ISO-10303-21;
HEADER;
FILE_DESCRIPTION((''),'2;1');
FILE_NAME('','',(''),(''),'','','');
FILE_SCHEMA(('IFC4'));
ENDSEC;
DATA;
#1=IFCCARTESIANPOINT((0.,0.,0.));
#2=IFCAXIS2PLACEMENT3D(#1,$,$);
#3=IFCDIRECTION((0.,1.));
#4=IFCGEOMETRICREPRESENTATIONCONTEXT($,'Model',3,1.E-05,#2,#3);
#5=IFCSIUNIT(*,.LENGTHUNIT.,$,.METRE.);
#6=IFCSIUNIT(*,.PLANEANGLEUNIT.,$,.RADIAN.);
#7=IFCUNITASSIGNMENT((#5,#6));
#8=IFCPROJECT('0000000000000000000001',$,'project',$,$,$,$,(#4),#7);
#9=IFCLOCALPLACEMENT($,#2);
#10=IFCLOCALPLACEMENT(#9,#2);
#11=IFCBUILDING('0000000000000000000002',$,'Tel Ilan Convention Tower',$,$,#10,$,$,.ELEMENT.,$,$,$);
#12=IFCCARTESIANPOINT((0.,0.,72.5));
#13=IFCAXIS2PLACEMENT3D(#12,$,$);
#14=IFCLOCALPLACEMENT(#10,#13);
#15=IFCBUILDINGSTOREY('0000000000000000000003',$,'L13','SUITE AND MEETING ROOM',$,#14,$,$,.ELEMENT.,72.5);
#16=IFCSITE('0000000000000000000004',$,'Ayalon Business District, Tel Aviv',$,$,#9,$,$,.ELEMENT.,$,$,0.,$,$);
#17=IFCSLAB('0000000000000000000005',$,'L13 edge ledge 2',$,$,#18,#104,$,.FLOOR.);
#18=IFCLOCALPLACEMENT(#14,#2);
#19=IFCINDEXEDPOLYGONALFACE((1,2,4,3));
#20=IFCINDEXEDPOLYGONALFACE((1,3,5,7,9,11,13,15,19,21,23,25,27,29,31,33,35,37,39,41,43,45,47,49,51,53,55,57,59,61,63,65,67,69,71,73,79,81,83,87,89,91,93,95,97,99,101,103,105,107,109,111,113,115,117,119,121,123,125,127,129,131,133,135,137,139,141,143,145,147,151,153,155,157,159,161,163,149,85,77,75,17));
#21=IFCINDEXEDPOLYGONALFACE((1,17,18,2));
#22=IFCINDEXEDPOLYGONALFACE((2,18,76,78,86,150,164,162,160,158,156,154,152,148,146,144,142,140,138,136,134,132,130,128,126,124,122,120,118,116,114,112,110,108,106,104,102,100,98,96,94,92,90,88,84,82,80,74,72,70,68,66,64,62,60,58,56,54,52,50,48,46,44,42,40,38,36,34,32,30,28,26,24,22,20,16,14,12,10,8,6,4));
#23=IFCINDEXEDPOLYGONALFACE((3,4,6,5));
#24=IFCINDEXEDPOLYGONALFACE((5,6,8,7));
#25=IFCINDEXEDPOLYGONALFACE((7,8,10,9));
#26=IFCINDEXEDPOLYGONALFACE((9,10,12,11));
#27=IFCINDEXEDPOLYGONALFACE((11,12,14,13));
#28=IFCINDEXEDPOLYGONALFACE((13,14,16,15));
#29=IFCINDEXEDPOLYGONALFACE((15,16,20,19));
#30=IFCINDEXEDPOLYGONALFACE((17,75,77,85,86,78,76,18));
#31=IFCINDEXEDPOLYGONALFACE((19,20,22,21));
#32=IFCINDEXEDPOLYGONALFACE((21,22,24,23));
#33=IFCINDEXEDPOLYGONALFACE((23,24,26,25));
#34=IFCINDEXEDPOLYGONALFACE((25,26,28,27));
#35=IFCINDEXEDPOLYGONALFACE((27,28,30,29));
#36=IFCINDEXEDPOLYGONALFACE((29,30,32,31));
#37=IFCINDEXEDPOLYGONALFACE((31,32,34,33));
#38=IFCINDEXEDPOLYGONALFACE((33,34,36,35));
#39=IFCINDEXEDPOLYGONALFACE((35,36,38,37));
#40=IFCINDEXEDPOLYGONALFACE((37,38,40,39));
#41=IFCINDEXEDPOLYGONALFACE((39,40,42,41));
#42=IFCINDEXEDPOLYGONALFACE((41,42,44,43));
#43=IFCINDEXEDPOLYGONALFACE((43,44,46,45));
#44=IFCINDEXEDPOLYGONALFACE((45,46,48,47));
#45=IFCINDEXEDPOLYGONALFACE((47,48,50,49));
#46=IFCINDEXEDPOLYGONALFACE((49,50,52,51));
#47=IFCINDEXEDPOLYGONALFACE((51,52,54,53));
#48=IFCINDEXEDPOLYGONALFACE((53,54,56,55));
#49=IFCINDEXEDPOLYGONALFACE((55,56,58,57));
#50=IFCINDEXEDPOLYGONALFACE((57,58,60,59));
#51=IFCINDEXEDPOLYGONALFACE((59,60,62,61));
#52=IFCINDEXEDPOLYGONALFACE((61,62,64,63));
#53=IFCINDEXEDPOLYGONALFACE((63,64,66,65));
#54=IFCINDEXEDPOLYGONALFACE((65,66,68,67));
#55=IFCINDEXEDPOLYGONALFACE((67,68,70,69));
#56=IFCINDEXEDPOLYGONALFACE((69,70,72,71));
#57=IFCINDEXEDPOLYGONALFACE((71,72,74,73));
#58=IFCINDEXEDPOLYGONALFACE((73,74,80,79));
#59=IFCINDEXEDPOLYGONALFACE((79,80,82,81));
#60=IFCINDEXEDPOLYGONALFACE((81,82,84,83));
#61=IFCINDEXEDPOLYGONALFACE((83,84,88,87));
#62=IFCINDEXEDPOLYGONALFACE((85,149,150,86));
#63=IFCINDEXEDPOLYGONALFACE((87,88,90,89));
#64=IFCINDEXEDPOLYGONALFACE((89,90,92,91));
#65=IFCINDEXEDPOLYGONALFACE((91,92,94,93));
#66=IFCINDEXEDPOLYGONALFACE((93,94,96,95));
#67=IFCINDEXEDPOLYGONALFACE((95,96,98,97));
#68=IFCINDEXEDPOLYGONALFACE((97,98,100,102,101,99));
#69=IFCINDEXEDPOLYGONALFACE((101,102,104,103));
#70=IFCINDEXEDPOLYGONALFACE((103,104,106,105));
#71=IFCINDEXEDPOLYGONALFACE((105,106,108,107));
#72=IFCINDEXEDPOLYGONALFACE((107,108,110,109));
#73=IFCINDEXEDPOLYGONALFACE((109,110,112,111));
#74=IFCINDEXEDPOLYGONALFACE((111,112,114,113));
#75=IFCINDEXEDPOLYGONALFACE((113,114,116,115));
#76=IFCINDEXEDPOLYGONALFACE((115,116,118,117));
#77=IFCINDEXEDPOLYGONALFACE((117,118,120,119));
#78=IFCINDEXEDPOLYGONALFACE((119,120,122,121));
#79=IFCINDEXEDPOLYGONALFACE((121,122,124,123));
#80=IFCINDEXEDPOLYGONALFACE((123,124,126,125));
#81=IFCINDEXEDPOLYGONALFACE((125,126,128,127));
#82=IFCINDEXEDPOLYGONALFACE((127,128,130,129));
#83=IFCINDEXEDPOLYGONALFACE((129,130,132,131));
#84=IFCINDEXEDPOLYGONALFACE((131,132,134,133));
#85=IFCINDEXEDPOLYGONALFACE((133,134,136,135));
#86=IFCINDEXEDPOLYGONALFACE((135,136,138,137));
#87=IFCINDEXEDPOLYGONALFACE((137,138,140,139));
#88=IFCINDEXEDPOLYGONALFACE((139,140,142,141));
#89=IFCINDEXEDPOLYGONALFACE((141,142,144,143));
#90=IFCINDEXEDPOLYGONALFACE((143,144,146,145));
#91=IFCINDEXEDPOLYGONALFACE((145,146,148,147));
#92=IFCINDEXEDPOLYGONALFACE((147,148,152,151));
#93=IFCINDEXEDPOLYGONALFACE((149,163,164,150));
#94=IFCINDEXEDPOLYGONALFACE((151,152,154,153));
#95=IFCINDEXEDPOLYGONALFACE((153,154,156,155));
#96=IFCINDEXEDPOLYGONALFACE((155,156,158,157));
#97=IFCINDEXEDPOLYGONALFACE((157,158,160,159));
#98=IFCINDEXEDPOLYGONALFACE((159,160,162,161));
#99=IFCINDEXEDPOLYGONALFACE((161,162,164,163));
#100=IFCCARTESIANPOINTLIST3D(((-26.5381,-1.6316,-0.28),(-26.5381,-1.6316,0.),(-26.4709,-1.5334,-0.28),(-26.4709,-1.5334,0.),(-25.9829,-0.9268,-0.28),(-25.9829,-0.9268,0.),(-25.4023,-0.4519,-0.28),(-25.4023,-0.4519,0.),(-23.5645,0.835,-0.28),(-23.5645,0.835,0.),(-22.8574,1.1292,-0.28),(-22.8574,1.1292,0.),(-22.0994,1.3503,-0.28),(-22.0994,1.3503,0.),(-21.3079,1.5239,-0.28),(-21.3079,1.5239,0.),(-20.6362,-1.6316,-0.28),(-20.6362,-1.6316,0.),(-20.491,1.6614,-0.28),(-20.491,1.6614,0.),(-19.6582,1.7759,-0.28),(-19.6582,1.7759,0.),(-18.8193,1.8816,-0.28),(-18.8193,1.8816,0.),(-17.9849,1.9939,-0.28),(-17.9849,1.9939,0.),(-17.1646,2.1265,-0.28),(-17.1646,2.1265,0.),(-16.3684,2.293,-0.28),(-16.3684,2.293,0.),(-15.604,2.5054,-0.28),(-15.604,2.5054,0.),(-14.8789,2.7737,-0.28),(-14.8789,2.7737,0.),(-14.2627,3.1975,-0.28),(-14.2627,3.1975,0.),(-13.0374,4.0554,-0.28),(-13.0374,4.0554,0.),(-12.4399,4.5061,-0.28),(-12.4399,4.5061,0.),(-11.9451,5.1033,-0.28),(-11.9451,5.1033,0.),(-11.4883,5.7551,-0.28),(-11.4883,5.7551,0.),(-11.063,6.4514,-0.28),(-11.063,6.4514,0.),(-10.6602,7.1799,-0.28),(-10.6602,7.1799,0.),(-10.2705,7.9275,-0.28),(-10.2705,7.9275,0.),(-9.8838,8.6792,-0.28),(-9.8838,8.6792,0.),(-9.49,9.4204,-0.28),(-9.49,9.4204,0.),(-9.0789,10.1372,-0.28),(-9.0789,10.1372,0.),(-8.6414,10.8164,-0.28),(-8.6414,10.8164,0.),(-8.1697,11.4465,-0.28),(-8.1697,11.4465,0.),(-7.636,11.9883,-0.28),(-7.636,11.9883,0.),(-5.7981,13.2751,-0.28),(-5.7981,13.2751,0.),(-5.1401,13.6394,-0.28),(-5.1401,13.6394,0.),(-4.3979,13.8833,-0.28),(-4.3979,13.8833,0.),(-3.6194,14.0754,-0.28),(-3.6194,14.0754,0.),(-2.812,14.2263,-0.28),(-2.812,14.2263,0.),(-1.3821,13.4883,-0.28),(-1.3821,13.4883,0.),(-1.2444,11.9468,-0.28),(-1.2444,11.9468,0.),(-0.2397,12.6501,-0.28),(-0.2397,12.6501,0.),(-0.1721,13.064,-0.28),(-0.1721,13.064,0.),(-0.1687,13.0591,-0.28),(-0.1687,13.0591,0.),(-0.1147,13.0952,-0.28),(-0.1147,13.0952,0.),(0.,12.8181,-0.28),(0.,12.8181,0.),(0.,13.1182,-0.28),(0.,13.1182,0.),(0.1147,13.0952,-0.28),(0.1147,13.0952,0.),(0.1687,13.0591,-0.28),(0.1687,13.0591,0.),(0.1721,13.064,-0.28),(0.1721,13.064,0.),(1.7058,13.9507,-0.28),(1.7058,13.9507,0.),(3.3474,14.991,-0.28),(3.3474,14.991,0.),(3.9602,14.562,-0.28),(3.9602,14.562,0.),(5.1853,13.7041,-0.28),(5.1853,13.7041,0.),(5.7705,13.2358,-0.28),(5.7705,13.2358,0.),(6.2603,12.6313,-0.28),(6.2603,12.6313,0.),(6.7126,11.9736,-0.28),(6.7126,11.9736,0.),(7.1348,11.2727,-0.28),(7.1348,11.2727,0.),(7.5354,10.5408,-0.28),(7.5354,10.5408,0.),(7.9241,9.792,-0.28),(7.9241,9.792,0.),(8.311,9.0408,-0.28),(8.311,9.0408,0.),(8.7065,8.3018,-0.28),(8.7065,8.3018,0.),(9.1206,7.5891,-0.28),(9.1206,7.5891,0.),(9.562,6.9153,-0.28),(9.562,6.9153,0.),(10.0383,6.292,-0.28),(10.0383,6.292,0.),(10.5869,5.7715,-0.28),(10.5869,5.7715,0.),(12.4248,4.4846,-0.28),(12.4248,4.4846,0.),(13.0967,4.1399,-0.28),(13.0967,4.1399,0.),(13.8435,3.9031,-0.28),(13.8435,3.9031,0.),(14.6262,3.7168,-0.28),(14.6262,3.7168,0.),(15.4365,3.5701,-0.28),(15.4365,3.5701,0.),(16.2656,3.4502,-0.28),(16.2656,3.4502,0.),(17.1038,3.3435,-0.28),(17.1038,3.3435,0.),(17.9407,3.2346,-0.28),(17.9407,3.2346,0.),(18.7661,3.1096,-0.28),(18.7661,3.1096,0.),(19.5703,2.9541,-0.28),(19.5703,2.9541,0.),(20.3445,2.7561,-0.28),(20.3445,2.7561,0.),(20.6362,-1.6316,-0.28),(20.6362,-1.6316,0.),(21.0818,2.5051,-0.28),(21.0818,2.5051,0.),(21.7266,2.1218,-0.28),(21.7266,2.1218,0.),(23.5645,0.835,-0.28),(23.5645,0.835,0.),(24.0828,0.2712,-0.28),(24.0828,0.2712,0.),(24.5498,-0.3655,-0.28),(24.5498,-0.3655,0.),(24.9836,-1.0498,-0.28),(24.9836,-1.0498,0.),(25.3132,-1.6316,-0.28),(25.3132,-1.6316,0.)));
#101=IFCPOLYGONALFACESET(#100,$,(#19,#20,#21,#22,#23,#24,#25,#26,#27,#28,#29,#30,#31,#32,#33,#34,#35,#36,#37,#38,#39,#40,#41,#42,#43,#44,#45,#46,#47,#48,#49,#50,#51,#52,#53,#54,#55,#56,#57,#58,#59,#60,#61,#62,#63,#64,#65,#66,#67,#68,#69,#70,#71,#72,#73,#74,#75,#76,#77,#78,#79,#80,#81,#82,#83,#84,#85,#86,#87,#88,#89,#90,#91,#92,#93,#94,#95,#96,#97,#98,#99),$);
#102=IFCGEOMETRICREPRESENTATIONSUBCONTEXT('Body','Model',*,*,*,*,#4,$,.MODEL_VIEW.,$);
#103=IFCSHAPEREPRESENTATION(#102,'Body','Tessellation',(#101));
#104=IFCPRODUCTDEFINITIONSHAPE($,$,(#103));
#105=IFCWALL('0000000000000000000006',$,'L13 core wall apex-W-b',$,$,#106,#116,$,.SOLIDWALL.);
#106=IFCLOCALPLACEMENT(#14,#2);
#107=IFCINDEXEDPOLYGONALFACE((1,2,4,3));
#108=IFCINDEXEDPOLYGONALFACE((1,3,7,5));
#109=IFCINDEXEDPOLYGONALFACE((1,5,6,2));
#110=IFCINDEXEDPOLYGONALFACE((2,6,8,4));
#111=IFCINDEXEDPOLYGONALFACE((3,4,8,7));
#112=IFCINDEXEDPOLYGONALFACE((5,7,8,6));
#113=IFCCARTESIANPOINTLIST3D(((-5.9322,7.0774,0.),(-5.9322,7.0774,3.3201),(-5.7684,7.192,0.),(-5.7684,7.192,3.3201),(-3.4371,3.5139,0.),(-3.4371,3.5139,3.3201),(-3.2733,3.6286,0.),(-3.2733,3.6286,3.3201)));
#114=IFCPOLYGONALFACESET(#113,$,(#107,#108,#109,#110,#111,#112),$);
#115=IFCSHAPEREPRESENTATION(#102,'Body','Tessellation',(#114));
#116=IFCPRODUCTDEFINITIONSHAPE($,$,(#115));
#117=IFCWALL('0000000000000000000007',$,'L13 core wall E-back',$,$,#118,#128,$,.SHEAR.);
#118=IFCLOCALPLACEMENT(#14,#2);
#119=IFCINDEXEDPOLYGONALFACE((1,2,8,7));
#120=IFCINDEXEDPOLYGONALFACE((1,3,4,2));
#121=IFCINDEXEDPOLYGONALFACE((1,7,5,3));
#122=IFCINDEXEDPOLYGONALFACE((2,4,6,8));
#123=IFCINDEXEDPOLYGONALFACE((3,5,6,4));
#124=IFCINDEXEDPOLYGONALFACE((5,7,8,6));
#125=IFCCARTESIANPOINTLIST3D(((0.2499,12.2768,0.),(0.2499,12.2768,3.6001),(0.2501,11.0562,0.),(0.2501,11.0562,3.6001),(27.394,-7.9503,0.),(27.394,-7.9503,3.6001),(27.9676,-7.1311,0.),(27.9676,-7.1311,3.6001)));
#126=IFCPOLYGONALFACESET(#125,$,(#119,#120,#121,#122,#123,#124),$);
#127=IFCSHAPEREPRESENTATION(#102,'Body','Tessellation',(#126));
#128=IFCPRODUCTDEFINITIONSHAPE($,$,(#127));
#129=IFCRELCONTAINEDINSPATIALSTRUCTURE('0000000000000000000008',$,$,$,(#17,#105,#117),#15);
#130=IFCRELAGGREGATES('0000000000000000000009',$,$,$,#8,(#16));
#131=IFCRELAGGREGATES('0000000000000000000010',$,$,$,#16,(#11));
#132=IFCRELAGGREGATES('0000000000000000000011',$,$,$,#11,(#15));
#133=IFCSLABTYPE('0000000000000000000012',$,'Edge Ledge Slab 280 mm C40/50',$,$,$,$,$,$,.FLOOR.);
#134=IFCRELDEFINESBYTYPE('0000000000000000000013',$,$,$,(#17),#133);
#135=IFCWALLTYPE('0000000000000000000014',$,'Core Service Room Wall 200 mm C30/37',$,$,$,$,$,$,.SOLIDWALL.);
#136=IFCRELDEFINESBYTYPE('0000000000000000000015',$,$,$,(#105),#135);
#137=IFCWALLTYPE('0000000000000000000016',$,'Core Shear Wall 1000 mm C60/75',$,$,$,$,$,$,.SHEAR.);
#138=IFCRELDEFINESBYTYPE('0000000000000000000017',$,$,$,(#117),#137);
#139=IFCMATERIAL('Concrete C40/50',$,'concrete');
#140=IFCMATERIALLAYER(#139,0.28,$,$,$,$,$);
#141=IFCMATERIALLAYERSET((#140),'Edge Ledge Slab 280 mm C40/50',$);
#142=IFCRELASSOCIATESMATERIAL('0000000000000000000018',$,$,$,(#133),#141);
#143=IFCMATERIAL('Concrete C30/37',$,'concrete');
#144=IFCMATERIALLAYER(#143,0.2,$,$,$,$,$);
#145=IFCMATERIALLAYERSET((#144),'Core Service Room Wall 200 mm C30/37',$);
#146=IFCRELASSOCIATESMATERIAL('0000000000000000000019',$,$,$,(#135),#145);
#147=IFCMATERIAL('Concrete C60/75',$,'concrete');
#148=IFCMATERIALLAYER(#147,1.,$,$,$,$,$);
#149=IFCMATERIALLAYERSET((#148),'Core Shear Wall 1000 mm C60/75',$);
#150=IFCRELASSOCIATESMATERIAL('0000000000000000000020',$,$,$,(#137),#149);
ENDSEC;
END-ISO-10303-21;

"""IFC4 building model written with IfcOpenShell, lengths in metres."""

from ifc_helpers import new_model, si_unit, direction, frame, frame_2d, origin, place, context, subcontext, project, spatial, polyline, rectangle, outline, extrude, material, layer, layer_set, type_object, element, save


model = new_model("IFC4")

# Units and contexts
model_context = context("Model", 3, precision=1e-05, world=origin(), true_north=direction((0.0, 1.0)))
body_context = subcontext(model_context, "Body", "Model", "MODEL_VIEW")
ifc_project = project(units=[si_unit("LENGTHUNIT", "METRE"), si_unit("PLANEANGLEUNIT", "RADIAN")], contexts=[model_context])

# Site, building, storey
site_placement = place(None, origin())
site = spatial("IfcSite", under=ifc_project, at=site_placement, Name="Ayalon Business District, Tel Aviv", CompositionType="ELEMENT", RefElevation=0.0)
building_placement = place(site_placement, origin())
building = spatial("IfcBuilding", under=site, at=building_placement, Name="Tel Ilan Convention Tower", CompositionType="ELEMENT")
storey_placement = place(building_placement, frame((0.0, 0.0, 72.5)))
storey = spatial("IfcBuildingStorey", under=building, at=storey_placement, Name="L13", Description="SUITE AND MEETING ROOM", CompositionType="ELEMENT", Elevation=72.5)

# Slab
ifc_material_1 = material(Name="Concrete C40/50", Category="concrete")
ifc_layer_1 = layer(ifc_material_1, 0.28)
ifc_layer_set_1 = layer_set([ifc_layer_1], Name="Edge Ledge Slab 280 mm C40/50")
slab_type_1 = type_object("IfcSlabType", Name="Edge Ledge Slab 280 mm C40/50", PredefinedType="FLOOR", material=ifc_layer_set_1)
slab_1_placement = place(storey_placement, frame((0.0, 0.0, -0.28)))
element("IfcSlab", 1, at=slab_1_placement, inside=storey, type_object=slab_type_1, Name="L13 edge ledge 2", PredefinedType="FLOOR", context=body_context, shape_type="SweptSolid", body=[
    extrude(outline(polyline([(-23.5645, 0.835), (-22.8574, 1.1292), (-22.0994, 1.3503), (-21.3079, 1.5239), (-20.491, 1.6614), (-19.6582, 1.7759), (-18.8193, 1.8816), (-17.9849, 1.9939), (-17.1646, 2.1265), (-16.3684, 2.293), (-15.604, 2.5054), (-14.8789, 2.7737), (-14.2627, 3.1975), (-13.0374, 4.0554), (-12.4399, 4.5061), (-11.9451, 5.1033), (-11.4883, 5.7551), (-11.063, 6.4514), (-10.6602, 7.1799), (-10.2705, 7.9275), (-9.8838, 8.6792), (-9.49, 9.4204), (-9.0789, 10.1372), (-8.6414, 10.8164), (-8.1697, 11.4465), (-7.636, 11.9883), (-5.7981, 13.2751), (-5.1401, 13.6394), (-4.3979, 13.8833), (-3.6194, 14.0754), (-2.812, 14.2263), (-1.3821, 13.4883), (-0.1721, 13.064), (-0.1687, 13.0591), (-0.1147, 13.0952), (0.0, 13.1182), (0.1147, 13.0952), (0.1687, 13.0591), (0.1721, 13.064), (1.7058, 13.9507), (3.3474, 14.991), (3.9602, 14.562), (5.1853, 13.7041), (5.7705, 13.2358), (6.2603, 12.6313), (6.7126, 11.9736), (7.1348, 11.2727), (7.5354, 10.5408), (7.9241, 9.792), (8.311, 9.0408), (8.7065, 8.3018), (9.1206, 7.5891), (9.562, 6.9153), (10.0383, 6.292), (10.5869, 5.7715), (12.4248, 4.4846), (13.0967, 4.1399), (13.8435, 3.9031), (14.6262, 3.7168), (15.4365, 3.5701), (16.2656, 3.4502), (17.1038, 3.3435), (17.9407, 3.2346), (18.7661, 3.1096), (19.5703, 2.9541), (20.3445, 2.7561), (21.0818, 2.5051), (21.7266, 2.1218), (23.5645, 0.835), (24.0828, 0.2712), (24.5498, -0.3655), (24.9836, -1.0498), (25.3132, -1.6316), (20.6362, -1.6316), (0.0, 12.8181), (-0.2397, 12.6501), (-1.2444, 11.9468), (-20.6362, -1.6316), (-26.5381, -1.6316), (-26.4709, -1.5334), (-25.9829, -0.9268), (-25.4023, -0.4519), (-23.5645, 0.835)])), origin(), (0.0, 0.0, 1.0), 0.28),
])

# Walls
ifc_material_2 = material(Name="Concrete C30/37", Category="concrete")
ifc_layer_2 = layer(ifc_material_2, 0.2)
ifc_layer_set_2 = layer_set([ifc_layer_2], Name="Core Service Room Wall 200 mm C30/37")
wall_type_1 = type_object("IfcWallType", Name="Core Service Room Wall 200 mm C30/37", PredefinedType="SOLIDWALL", material=ifc_layer_set_2)
wall_1_placement = place(storey_placement, frame((-3.3552, 3.5713, 0.0), z_axis=(0.0, 0.0, 1.0), x_axis=(-0.573568, 0.819158, 0.0)))
element("IfcWall", 2, at=wall_1_placement, inside=storey, type_object=wall_type_1, Name="L13 core wall apex-W-b", PredefinedType="SOLIDWALL", context=body_context, shape_type="SweptSolid", body=[
    extrude(rectangle(XDim=4.3501, YDim=0.2, at=frame_2d((2.175, 0.0))), origin(), (0.0, 0.0, 1.0), 3.3201),
])
ifc_material_3 = material(Name="Concrete C60/75", Category="concrete")
ifc_layer_3 = layer(ifc_material_3, 1.0)
ifc_layer_set_3 = layer_set([ifc_layer_3], Name="Core Shear Wall 1000 mm C60/75")
wall_type_2 = type_object("IfcWallType", Name="Core Shear Wall 1000 mm C60/75", PredefinedType="SHEAR", material=ifc_layer_set_3)
wall_2_placement = place(storey_placement, frame((-0.0369, 11.8672, 0.0), z_axis=(0.0, 0.0, 1.0), x_axis=(0.819155, -0.573572, 0.0)))
element("IfcWall", 3, at=wall_2_placement, inside=storey, type_object=wall_type_2, Name="L13 core wall E-back", PredefinedType="SHEAR", context=body_context, shape_type="SweptSolid", body=[
    extrude(outline(polyline([(33.8369, 0.5), (0.0, 0.5), (0.7002, -0.4998), (33.8369, -0.5), (33.8369, 0.5)])), origin(), (0.0, 0.0, 1.0), 3.6001),
])

save(model, "model.ifc")
